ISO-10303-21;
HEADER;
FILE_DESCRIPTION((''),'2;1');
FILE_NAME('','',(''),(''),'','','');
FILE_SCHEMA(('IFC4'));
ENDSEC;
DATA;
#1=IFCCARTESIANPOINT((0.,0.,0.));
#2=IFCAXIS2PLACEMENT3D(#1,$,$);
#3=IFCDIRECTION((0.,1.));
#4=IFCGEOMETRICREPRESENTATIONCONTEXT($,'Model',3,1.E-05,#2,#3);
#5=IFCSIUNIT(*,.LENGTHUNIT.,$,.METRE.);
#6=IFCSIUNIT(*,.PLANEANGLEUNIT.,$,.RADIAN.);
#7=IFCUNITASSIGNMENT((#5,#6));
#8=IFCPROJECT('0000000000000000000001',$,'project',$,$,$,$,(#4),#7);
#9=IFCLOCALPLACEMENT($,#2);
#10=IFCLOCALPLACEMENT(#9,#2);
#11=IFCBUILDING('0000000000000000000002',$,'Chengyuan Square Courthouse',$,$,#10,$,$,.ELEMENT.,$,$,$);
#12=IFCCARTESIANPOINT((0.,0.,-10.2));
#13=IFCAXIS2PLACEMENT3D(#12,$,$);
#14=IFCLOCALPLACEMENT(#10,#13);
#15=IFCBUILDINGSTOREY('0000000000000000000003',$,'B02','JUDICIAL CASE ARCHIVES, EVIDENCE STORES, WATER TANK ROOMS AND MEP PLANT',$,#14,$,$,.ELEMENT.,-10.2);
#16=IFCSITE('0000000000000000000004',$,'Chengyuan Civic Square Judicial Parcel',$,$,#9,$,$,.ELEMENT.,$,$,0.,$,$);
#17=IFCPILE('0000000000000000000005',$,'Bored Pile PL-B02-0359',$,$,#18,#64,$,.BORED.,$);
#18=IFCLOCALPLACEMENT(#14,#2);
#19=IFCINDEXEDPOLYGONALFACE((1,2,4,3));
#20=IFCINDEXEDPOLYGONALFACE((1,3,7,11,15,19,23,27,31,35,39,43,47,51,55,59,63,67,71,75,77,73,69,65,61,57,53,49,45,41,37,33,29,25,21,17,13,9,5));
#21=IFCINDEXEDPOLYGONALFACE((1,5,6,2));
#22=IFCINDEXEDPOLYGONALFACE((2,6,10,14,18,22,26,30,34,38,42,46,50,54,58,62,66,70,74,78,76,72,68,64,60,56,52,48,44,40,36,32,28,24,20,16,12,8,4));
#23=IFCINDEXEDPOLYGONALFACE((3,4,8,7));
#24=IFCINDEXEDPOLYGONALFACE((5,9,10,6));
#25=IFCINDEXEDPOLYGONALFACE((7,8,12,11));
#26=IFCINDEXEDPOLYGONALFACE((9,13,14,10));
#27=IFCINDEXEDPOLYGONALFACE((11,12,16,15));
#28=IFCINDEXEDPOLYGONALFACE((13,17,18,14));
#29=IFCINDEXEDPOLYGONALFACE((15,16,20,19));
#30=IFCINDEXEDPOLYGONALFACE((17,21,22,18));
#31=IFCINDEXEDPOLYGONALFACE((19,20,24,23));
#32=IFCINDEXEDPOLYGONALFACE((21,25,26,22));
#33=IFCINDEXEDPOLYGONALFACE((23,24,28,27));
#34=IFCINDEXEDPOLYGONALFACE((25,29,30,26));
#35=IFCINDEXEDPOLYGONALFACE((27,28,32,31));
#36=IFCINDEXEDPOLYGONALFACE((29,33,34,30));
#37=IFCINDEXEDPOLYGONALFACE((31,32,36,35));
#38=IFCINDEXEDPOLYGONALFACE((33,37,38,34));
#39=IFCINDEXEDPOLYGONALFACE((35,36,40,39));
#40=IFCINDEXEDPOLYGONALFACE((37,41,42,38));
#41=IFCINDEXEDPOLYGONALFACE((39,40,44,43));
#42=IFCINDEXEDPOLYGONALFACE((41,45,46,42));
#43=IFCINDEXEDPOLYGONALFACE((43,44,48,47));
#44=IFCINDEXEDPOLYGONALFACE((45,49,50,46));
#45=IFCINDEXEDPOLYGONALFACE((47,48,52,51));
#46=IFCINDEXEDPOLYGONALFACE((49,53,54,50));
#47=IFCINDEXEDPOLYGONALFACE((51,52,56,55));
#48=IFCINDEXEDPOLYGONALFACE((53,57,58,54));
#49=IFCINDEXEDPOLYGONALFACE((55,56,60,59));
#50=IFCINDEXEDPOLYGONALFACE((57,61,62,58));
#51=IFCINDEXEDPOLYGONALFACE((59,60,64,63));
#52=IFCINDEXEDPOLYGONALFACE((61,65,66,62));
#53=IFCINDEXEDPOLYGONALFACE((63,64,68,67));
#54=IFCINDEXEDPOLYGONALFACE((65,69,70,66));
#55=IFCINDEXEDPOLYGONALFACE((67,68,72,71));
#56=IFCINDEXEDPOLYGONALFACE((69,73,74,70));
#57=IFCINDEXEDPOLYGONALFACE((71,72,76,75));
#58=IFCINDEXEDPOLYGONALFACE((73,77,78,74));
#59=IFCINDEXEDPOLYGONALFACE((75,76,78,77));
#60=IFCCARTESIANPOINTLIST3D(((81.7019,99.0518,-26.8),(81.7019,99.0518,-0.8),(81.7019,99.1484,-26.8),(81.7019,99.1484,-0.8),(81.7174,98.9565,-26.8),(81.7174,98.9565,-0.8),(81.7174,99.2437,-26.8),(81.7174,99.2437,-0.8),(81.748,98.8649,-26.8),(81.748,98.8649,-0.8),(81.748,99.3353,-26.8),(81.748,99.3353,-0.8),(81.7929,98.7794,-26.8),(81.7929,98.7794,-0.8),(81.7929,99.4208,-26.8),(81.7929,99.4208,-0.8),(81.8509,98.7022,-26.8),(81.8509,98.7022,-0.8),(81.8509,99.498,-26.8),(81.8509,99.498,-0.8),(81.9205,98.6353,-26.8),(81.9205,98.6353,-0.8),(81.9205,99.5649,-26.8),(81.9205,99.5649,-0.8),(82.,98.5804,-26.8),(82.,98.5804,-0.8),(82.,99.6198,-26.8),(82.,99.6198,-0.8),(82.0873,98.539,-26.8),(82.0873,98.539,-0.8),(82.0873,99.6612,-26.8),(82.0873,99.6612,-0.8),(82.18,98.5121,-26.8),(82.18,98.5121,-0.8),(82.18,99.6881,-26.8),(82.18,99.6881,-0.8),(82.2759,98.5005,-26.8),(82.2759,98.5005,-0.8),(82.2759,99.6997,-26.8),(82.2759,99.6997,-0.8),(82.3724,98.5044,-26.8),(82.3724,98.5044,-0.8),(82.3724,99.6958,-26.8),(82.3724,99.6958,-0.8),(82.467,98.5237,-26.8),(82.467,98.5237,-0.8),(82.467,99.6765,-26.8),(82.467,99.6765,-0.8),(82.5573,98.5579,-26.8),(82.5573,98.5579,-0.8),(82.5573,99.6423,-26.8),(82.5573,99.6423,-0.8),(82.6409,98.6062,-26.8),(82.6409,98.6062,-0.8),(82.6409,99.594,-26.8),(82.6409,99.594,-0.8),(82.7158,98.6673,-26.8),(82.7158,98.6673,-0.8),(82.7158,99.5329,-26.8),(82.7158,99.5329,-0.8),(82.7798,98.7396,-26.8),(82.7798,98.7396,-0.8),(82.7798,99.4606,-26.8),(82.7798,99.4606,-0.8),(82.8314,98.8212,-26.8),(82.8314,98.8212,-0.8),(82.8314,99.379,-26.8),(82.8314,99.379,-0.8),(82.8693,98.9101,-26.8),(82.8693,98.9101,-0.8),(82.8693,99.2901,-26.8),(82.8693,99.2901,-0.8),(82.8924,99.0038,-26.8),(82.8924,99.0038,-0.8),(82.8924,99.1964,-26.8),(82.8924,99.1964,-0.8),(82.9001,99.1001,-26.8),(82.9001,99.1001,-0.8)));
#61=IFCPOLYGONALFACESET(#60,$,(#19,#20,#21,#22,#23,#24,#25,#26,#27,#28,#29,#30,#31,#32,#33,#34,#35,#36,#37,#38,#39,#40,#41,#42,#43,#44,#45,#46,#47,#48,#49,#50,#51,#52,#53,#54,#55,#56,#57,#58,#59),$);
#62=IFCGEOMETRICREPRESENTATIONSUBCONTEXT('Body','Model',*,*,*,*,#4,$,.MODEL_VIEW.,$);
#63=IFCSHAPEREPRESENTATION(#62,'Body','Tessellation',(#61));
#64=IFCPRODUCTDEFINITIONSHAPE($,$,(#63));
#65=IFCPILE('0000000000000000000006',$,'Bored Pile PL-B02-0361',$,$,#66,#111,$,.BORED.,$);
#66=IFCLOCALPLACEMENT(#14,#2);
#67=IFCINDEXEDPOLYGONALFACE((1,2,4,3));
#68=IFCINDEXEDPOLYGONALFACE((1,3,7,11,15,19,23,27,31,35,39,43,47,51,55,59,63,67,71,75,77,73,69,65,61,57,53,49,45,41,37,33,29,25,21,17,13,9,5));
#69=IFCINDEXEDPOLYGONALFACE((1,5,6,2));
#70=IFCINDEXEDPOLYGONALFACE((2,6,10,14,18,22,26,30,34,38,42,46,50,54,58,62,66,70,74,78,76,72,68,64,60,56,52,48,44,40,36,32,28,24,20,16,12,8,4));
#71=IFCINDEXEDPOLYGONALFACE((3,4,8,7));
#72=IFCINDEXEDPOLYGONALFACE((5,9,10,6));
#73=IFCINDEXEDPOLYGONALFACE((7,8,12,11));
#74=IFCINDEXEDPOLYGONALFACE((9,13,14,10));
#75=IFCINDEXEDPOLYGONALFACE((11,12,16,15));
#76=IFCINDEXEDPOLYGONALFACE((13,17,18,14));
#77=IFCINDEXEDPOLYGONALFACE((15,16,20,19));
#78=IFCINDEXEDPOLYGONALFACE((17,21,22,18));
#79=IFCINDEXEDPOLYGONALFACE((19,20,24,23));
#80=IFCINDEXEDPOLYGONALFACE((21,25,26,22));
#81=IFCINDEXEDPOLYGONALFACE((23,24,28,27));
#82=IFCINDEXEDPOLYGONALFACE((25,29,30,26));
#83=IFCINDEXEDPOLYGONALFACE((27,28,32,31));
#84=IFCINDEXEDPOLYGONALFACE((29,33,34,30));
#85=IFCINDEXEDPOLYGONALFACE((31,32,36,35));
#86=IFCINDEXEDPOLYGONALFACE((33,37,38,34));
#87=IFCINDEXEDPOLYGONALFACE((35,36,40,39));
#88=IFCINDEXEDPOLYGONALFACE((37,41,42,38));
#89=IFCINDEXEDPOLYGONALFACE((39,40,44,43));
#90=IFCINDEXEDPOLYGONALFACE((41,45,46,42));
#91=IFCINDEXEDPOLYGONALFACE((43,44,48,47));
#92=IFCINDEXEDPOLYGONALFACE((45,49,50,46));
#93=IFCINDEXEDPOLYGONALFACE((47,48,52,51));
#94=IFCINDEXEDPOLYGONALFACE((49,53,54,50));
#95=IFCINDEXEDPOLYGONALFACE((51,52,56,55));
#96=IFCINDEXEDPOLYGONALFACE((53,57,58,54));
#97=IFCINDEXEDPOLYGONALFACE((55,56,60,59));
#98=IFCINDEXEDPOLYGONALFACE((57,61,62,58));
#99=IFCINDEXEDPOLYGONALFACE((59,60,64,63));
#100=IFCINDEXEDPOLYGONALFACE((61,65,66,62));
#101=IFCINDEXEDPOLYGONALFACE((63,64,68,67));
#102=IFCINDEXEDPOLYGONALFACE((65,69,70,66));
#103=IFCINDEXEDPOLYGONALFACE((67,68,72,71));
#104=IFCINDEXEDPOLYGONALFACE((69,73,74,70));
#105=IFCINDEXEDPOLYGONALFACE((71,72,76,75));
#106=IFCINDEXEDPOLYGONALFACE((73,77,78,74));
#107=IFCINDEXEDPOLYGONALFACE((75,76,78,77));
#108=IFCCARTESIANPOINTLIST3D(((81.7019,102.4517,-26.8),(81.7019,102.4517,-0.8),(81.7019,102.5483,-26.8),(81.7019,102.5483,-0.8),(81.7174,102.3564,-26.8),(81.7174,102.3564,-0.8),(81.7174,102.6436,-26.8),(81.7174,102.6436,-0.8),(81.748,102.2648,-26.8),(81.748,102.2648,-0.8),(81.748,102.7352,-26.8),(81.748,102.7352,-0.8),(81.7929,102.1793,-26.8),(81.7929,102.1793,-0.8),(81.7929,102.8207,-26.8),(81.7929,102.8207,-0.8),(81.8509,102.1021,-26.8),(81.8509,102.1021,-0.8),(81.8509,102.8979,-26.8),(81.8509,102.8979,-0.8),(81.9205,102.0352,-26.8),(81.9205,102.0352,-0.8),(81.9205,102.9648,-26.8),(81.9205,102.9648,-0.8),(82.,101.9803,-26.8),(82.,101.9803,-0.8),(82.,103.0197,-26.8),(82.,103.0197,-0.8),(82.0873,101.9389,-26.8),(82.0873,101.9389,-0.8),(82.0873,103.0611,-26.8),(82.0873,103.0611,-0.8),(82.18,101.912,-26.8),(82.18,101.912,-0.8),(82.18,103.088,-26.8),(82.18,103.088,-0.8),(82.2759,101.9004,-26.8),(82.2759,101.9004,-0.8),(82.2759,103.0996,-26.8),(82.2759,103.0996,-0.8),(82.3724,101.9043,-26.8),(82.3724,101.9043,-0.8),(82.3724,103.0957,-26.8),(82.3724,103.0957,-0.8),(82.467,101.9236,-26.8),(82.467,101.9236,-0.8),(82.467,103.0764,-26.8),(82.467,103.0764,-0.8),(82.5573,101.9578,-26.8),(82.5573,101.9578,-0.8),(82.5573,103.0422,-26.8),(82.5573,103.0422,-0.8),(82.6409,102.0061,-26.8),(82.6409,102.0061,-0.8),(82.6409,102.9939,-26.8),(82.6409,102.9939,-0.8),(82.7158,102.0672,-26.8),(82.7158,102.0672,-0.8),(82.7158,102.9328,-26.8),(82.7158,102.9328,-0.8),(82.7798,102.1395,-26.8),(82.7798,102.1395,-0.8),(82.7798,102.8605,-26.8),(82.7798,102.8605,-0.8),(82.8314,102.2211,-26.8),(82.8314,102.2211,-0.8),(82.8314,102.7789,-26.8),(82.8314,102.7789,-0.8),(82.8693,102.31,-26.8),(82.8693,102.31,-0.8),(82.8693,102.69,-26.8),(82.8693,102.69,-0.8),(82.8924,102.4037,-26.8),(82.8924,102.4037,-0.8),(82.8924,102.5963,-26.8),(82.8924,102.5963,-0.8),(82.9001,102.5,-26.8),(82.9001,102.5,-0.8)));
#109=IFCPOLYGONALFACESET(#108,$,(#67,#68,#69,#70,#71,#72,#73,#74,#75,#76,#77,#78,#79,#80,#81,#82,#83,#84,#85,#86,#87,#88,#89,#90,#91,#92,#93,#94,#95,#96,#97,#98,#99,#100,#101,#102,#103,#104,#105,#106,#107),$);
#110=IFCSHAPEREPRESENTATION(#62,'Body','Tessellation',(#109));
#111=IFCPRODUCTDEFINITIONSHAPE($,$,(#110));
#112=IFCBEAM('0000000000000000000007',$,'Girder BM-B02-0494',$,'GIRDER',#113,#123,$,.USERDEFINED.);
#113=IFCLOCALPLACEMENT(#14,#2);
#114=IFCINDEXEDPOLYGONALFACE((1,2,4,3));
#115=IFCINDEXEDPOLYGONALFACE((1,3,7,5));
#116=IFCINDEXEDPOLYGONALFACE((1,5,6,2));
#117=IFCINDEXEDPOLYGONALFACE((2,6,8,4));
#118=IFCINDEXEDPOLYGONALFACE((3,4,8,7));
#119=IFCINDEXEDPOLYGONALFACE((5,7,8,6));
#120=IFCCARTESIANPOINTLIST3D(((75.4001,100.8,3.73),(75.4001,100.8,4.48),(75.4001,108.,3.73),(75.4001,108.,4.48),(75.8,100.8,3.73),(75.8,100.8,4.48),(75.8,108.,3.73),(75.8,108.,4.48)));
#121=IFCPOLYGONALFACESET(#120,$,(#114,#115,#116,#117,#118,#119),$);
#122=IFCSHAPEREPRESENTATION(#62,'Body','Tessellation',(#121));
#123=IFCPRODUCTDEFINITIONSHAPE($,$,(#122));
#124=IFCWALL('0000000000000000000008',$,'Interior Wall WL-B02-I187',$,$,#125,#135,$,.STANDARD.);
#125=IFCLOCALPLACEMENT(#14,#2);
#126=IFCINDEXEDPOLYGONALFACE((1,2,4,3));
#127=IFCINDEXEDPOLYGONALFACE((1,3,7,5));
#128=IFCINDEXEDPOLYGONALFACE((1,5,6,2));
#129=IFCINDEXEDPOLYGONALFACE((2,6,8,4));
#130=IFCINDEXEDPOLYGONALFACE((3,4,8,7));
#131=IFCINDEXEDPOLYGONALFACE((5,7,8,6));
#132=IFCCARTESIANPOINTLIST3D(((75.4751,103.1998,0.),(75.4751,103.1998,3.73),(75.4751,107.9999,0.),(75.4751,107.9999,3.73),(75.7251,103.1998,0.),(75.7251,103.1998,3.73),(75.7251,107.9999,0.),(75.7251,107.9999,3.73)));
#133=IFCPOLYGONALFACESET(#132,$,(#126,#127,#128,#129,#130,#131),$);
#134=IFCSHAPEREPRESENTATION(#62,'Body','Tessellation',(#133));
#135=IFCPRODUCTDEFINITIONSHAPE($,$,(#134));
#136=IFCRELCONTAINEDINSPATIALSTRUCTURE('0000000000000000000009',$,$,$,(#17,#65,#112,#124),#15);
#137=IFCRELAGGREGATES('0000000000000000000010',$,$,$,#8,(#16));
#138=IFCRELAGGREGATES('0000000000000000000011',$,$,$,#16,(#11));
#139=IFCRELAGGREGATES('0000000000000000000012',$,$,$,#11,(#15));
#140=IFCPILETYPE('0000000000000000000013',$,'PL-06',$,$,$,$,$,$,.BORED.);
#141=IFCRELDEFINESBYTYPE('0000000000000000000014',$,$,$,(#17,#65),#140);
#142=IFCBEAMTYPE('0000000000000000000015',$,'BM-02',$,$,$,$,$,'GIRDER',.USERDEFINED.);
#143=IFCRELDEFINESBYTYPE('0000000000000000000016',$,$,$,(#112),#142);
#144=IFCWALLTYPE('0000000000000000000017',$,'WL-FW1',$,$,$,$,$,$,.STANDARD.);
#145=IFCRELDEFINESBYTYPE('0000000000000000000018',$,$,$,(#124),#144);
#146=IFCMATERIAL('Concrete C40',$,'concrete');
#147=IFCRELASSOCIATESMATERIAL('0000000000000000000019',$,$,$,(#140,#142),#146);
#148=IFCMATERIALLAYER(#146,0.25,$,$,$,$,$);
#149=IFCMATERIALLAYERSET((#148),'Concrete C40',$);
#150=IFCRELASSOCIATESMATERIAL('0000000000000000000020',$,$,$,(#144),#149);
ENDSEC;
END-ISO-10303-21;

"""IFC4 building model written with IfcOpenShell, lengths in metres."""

from ifc_helpers import new_model, si_unit, direction, frame, frame_2d, origin, origin_2d, place, context, subcontext, project, spatial, rectangle, circle, extrude, material, layer, layer_set, material_profile, profile_set, type_object, element, save


model = new_model("IFC4")

# Units and contexts
model_context = context("Model", 3, precision=1e-05, world=origin(), true_north=direction((0.0, 1.0)))
body_context = subcontext(model_context, "Body", "Model", "MODEL_VIEW")
ifc_project = project(units=[si_unit("LENGTHUNIT", "METRE"), si_unit("PLANEANGLEUNIT", "RADIAN")], contexts=[model_context])

# Site, building, storey
site_placement = place(None, origin())
site = spatial("IfcSite", under=ifc_project, at=site_placement, Name="Chengyuan Civic Square Judicial Parcel", CompositionType="ELEMENT", RefElevation=0.0)
building_placement = place(site_placement, origin())
building = spatial("IfcBuilding", under=site, at=building_placement, Name="Chengyuan Square Courthouse", CompositionType="ELEMENT")
storey_placement = place(building_placement, frame((0.0, 0.0, -10.2)))
storey = spatial("IfcBuildingStorey", under=building, at=storey_placement, Name="B02", Description="JUDICIAL CASE ARCHIVES, EVIDENCE STORES, WATER TANK ROOMS AND MEP PLANT", CompositionType="ELEMENT", Elevation=-10.2)

# Shared definitions
ifc_material_1 = material(Name="Concrete C40", Category="concrete")

# Piles
ifc_material_profile_1 = material_profile(ifc_material_1, circle(Radius=0.6001, at=origin_2d()), Name="BORED PILE D1200")
ifc_profile_set_1 = profile_set([ifc_material_profile_1], Name="Concrete C40")
pile_type_1 = type_object("IfcPileType", Name="PL-06", PredefinedType="BORED", material=ifc_profile_set_1)
for number, where, z_axis, x_axis, name in (
    (1, (82.3, 99.1001, -0.8), (0.0, 0.0, -1.0), (1.0, 0.0, 0.0), "Bored Pile PL-B02-0359"),
    (2, (82.3, 102.5, -0.8), (0.0, 0.0, -1.0), (1.0, 0.0, 0.0), "Bored Pile PL-B02-0361"),
):
    element("IfcPile", number, at=place(storey_placement, frame(where, z_axis=z_axis, x_axis=x_axis)), inside=storey, type_object=pile_type_1, Name=name, PredefinedType="BORED", context=body_context, shape_type="SweptSolid", body=[
        extrude(circle(Radius=0.6001, at=origin_2d()), origin(), (0.0, 0.0, 1.0), 26.0),
    ])

# Beam
ifc_material_profile_2 = material_profile(ifc_material_1, rectangle(XDim=0.3999, YDim=0.75, at=origin_2d()), Name="RC-BM-400x750")
ifc_profile_set_2 = profile_set([ifc_material_profile_2], Name="Concrete C40")
beam_type = type_object("IfcBeamType", Name="BM-02", ElementType="GIRDER", PredefinedType="USERDEFINED", material=ifc_profile_set_2)
beam_placement = place(storey_placement, frame((75.6001, 100.8, 4.105), z_axis=(0.0, 1.0, 0.0), x_axis=(-1.0, 0.0, 0.0)))
element("IfcBeam", 3, at=beam_placement, inside=storey, type_object=beam_type, Name="Girder BM-B02-0494", ObjectType="GIRDER", PredefinedType="USERDEFINED", context=body_context, shape_type="SweptSolid", body=[
    extrude(rectangle(XDim=0.3999, YDim=0.75, at=origin_2d()), origin(), (0.0, 0.0, 1.0), 7.2),
])

# Wall
ifc_layer_1 = layer(ifc_material_1, 0.25)
ifc_layer_set_1 = layer_set([ifc_layer_1], Name="Concrete C40")
wall_type_1 = type_object("IfcWallType", Name="WL-FW1", PredefinedType="STANDARD", material=ifc_layer_set_1)
wall_1_placement = place(storey_placement, frame((75.6001, 103.2, 0.0), z_axis=(0.0, 0.0, 1.0), x_axis=(0.0, 1.0, 0.0)))
element("IfcWall", 4, at=wall_1_placement, inside=storey, type_object=wall_type_1, Name="Interior Wall WL-B02-I187", PredefinedType="STANDARD", context=body_context, shape_type="SweptSolid", body=[
    extrude(rectangle(XDim=4.8, YDim=0.25, at=frame_2d((2.3999, 0.0))), origin(), (0.0, 0.0, 1.0), 3.73),
])

save(model, "model.ifc")
